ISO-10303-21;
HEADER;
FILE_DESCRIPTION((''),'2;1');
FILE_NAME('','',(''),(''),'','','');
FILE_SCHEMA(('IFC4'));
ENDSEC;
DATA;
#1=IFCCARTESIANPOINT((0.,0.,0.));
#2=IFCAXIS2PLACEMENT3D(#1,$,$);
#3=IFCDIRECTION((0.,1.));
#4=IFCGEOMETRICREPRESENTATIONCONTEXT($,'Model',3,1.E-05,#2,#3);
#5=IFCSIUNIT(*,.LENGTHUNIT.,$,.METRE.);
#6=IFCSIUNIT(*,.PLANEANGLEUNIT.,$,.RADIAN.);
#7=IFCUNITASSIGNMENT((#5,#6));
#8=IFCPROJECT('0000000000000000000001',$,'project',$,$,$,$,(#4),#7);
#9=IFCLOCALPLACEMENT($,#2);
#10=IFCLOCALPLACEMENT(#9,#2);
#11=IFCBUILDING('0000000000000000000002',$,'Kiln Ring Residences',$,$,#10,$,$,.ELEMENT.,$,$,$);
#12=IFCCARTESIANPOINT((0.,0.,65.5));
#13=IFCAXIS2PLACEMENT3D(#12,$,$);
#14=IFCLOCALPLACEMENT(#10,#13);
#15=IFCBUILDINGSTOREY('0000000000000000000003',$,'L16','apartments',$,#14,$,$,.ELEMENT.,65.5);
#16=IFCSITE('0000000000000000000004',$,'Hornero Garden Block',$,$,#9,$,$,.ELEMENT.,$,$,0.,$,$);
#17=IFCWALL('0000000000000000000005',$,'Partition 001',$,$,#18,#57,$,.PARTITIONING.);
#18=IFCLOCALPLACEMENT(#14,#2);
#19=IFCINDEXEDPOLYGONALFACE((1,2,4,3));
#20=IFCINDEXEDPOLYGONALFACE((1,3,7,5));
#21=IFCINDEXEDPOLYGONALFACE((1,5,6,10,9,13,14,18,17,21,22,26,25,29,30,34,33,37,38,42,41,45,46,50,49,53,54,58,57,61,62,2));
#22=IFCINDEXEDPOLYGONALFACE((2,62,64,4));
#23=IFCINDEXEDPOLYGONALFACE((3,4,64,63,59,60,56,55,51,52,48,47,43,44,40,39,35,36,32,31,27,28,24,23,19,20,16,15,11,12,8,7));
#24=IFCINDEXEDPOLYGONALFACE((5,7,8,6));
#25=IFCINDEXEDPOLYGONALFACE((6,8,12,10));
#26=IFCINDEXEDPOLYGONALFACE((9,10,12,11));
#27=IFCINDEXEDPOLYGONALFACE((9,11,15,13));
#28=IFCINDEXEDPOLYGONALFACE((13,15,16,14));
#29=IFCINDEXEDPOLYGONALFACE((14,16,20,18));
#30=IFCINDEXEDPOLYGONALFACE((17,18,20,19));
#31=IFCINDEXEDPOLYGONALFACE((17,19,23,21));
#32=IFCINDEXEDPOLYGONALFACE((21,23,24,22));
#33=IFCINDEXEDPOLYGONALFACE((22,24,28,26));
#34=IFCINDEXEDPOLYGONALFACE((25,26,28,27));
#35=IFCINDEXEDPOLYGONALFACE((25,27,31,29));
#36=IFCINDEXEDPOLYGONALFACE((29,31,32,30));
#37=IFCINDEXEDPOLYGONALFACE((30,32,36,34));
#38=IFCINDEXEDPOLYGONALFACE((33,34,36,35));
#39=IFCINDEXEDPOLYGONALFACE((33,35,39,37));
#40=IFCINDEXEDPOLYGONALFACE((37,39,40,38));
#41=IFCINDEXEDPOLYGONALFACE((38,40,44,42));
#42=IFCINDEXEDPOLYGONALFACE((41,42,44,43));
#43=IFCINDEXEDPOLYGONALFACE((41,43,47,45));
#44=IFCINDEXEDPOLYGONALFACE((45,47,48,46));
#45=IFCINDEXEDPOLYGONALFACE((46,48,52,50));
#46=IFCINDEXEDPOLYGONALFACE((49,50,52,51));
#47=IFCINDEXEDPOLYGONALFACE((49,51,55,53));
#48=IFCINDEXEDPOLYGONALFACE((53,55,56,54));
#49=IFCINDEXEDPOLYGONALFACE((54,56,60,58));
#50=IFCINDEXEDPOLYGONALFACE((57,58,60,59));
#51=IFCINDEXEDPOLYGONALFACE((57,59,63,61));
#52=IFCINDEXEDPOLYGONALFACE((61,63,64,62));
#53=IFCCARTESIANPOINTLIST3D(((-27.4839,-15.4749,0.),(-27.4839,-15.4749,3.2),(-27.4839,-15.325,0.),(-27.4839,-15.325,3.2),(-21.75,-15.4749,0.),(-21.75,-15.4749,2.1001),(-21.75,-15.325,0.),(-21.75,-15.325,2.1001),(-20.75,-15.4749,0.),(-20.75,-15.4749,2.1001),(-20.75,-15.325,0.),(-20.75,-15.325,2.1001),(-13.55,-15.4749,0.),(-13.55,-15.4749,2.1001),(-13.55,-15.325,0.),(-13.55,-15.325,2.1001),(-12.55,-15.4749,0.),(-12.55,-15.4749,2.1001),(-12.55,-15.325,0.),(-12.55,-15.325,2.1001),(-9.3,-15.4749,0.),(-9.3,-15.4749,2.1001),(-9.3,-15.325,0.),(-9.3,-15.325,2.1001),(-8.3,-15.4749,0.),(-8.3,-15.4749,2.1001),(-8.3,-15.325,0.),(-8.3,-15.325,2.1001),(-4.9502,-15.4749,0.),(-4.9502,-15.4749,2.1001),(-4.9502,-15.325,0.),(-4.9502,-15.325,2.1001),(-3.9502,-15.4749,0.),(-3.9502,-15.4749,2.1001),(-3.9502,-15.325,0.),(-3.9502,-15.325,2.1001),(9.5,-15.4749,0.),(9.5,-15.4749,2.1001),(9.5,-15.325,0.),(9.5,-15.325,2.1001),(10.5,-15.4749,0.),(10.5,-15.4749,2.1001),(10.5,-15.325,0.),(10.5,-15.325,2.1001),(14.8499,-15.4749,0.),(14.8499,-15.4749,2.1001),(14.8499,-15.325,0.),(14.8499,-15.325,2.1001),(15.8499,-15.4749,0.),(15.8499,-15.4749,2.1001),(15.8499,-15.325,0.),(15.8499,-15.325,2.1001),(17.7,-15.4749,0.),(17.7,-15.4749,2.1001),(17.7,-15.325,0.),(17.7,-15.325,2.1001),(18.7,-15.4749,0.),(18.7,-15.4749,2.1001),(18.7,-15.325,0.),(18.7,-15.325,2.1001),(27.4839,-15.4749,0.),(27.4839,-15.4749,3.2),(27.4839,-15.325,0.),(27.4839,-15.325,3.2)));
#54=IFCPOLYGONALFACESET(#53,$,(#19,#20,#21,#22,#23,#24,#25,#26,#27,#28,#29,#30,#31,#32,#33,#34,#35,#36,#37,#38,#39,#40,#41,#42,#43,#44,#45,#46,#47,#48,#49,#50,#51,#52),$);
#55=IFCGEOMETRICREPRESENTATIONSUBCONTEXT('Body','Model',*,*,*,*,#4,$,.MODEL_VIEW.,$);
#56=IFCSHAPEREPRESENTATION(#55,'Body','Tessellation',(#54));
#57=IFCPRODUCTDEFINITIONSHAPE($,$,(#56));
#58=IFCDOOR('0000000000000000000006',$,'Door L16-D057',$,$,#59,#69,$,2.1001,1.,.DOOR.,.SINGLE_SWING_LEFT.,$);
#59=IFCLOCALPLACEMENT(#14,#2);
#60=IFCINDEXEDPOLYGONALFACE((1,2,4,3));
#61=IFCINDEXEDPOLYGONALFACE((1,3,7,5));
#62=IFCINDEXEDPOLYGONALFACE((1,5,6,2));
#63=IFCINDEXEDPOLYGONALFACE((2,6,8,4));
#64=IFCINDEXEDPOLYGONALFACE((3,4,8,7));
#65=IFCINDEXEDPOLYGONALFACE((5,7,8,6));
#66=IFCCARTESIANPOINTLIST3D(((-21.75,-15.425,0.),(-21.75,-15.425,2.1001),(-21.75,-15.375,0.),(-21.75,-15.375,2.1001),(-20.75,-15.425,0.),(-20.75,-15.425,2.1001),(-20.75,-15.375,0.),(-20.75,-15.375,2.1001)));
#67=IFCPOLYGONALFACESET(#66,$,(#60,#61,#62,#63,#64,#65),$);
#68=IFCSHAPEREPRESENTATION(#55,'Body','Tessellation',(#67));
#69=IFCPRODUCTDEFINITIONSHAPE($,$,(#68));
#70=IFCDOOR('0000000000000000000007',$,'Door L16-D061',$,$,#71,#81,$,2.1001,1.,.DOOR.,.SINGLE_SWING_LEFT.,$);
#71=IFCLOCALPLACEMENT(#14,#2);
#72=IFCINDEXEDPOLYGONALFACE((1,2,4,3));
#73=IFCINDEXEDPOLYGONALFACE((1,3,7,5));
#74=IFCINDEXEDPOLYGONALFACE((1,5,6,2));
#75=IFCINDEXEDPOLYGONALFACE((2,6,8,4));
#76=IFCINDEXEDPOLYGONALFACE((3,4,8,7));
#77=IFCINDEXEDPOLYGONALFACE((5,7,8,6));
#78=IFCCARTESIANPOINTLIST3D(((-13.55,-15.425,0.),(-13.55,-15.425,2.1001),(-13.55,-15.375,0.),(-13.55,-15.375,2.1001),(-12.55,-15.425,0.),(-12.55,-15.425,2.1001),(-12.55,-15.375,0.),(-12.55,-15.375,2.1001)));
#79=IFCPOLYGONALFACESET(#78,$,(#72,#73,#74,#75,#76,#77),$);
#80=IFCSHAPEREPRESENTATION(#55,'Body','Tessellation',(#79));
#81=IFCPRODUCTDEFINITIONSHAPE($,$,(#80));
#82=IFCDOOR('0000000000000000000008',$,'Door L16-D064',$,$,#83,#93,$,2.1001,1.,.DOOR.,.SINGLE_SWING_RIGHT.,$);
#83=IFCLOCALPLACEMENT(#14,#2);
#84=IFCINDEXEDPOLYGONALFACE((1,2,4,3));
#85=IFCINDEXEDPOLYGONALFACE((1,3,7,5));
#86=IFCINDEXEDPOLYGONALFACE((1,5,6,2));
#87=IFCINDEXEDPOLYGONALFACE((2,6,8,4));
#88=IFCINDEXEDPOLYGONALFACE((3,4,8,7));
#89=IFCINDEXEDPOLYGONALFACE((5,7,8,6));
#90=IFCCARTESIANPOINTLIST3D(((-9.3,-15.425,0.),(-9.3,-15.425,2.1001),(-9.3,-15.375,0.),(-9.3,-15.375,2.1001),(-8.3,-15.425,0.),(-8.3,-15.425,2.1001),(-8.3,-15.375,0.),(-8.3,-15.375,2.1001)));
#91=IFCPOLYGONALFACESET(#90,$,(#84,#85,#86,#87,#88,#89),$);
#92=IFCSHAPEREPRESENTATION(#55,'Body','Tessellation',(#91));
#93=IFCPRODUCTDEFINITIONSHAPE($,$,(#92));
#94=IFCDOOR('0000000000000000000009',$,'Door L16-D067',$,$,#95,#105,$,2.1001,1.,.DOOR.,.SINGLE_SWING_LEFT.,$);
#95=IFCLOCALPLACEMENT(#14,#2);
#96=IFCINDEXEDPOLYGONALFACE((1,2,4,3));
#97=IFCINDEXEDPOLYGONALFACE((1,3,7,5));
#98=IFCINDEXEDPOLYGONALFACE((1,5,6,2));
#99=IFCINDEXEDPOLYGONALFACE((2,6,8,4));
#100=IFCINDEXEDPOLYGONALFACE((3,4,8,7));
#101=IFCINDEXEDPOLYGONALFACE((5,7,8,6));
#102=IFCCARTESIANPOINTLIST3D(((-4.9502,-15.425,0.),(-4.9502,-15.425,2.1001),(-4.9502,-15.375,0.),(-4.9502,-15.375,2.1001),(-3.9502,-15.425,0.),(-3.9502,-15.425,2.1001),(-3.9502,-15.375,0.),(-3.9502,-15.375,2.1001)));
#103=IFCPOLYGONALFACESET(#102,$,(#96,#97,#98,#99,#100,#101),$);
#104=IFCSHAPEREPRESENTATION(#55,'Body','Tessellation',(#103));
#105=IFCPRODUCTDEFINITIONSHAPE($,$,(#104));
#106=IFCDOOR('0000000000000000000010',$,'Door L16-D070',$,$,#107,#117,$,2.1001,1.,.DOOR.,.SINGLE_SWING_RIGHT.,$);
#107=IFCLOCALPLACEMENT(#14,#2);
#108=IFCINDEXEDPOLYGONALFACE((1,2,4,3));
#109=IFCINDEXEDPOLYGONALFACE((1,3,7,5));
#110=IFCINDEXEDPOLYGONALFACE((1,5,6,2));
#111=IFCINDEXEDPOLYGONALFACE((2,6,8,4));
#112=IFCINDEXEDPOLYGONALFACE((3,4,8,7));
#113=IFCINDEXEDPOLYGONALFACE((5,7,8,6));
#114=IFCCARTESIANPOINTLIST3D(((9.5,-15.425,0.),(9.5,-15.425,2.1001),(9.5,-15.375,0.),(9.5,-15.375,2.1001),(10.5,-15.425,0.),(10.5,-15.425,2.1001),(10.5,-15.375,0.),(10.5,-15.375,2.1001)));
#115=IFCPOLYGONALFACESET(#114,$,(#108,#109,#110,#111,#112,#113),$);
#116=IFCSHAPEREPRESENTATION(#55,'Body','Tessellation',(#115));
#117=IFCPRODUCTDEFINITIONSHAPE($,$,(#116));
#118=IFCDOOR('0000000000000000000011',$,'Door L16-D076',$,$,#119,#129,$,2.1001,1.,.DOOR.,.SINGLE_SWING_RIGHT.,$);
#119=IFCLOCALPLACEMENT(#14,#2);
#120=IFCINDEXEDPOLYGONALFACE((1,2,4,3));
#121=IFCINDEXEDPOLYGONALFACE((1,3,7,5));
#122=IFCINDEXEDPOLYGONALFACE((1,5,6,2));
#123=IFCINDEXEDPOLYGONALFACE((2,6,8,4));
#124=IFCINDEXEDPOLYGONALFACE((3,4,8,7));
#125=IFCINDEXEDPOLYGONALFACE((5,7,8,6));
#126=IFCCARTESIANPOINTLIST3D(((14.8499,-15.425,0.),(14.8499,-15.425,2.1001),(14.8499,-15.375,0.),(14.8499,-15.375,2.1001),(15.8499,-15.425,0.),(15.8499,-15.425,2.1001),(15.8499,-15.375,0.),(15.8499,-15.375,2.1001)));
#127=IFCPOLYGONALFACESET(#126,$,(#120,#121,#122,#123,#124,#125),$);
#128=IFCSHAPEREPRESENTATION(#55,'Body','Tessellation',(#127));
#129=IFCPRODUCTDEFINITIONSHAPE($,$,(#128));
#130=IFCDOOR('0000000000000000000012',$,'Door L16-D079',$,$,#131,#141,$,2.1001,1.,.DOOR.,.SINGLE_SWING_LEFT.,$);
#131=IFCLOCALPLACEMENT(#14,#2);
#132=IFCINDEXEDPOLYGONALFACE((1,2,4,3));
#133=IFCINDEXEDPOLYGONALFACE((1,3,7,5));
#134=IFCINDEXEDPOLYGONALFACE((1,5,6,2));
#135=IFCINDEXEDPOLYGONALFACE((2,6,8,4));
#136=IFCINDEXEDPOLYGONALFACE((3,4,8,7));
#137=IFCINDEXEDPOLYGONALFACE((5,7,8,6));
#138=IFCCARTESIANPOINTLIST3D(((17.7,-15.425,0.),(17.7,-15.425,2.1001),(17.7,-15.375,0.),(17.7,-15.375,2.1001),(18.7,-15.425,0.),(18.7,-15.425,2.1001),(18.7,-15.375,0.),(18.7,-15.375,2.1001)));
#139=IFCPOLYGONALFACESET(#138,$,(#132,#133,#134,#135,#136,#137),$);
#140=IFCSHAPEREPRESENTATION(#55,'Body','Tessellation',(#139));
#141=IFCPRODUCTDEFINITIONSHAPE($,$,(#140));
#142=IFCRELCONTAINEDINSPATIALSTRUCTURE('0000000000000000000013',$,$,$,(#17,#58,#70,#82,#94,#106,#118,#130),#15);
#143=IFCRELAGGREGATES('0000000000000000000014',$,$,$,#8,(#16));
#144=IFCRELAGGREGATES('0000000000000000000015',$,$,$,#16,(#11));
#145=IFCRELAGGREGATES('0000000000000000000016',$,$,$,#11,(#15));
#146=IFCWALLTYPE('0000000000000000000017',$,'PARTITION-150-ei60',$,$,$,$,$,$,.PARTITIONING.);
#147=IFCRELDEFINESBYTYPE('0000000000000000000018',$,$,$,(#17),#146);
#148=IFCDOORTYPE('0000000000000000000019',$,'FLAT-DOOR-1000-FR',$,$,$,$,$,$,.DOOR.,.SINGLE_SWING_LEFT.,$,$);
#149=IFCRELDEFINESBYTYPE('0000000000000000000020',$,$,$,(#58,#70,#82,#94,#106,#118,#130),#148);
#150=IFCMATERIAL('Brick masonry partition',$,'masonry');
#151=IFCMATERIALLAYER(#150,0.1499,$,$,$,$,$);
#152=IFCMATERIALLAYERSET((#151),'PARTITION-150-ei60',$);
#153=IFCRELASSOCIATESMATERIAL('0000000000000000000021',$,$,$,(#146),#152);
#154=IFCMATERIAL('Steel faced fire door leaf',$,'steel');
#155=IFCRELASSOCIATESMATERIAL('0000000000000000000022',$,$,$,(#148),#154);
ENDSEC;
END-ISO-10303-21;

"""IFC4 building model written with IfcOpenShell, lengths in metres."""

from ifc_helpers import new_model, si_unit, direction, frame, frame_2d, origin, place, context, subcontext, project, spatial, rectangle, extrude, material, layer, layer_set, type_object, element, fill, save


model = new_model("IFC4")

# Units and contexts
model_context = context("Model", 3, precision=1e-05, world=origin(), true_north=direction((0.0, 1.0)))
body_context = subcontext(model_context, "Body", "Model", "MODEL_VIEW")
ifc_project = project(units=[si_unit("LENGTHUNIT", "METRE"), si_unit("PLANEANGLEUNIT", "RADIAN")], contexts=[model_context])

# Site, building, storey
site_placement = place(None, origin())
site = spatial("IfcSite", under=ifc_project, at=site_placement, Name="Hornero Garden Block", CompositionType="ELEMENT", RefElevation=0.0)
building_placement = place(site_placement, origin())
building = spatial("IfcBuilding", under=site, at=building_placement, Name="Kiln Ring Residences", CompositionType="ELEMENT")
storey_placement = place(building_placement, frame((0.0, 0.0, 65.5)))
storey = spatial("IfcBuildingStorey", under=building, at=storey_placement, Name="L16", Description="apartments", CompositionType="ELEMENT", Elevation=65.5)

# Wall, openings, doors
ifc_material_1 = material(Name="Brick masonry partition", Category="masonry")
ifc_layer_1 = layer(ifc_material_1, 0.1499)
ifc_layer_set_1 = layer_set([ifc_layer_1], Name="PARTITION-150-ei60")
wall_type_1 = type_object("IfcWallType", Name="PARTITION-150-ei60", PredefinedType="PARTITIONING", material=ifc_layer_set_1)
wall_1_placement = place(storey_placement, frame((-27.4839, -15.3999, 0.0), z_axis=(0.0, 0.0, 1.0), x_axis=(1.0, 0.0, 0.0)))
wall_1 = element("IfcWall", 1, at=wall_1_placement, inside=storey, type_object=wall_type_1, Name="Partition 001", PredefinedType="PARTITIONING", context=body_context, shape_type="SweptSolid", body=[
    extrude(rectangle(XDim=54.9678, YDim=0.1499, at=frame_2d((27.4839, 0.0))), origin(), (0.0, 0.0, 1.0), 3.2),
])
opening_1_placement = place(wall_1_placement, frame((5.7339, 0.0, 0.0)))
opening_1 = element("IfcOpeningElement", 2, at=opening_1_placement, cuts=wall_1, PredefinedType="OPENING", context=body_context, shape_type="SweptSolid", body=[
    extrude(rectangle(XDim=1.0, YDim=2.1001, at=frame_2d((0.5, 1.05))), frame((0.0, 0.085, 0.0), z_axis=(0.0, -1.0, 0.0), x_axis=(1.0, 0.0, 0.0)), (0.0, 0.0, 1.0), 0.1699),
])
opening_2_placement = place(wall_1_placement, frame((13.9338, 0.0, 0.0)))
opening_2 = element("IfcOpeningElement", 3, at=opening_2_placement, cuts=wall_1, PredefinedType="OPENING", context=body_context, shape_type="SweptSolid", body=[
    extrude(rectangle(XDim=1.0, YDim=2.1001, at=frame_2d((0.5, 1.05))), frame((0.0, 0.085, 0.0), z_axis=(0.0, -1.0, 0.0), x_axis=(1.0, 0.0, 0.0)), (0.0, 0.0, 1.0), 0.1699),
])
opening_3_placement = place(wall_1_placement, frame((18.1838, 0.0, 0.0)))
opening_3 = element("IfcOpeningElement", 4, at=opening_3_placement, cuts=wall_1, PredefinedType="OPENING", context=body_context, shape_type="SweptSolid", body=[
    extrude(rectangle(XDim=1.0, YDim=2.1001, at=frame_2d((0.5, 1.05))), frame((0.0, 0.085, 0.0), z_axis=(0.0, -1.0, 0.0), x_axis=(1.0, 0.0, 0.0)), (0.0, 0.0, 1.0), 0.1699),
])
opening_4_placement = place(wall_1_placement, frame((22.5337, 0.0, 0.0)))
opening_4 = element("IfcOpeningElement", 5, at=opening_4_placement, cuts=wall_1, PredefinedType="OPENING", context=body_context, shape_type="SweptSolid", body=[
    extrude(rectangle(XDim=1.0, YDim=2.1001, at=frame_2d((0.5, 1.05))), frame((0.0, 0.085, 0.0), z_axis=(0.0, -1.0, 0.0), x_axis=(1.0, 0.0, 0.0)), (0.0, 0.0, 1.0), 0.1699),
])
opening_5_placement = place(wall_1_placement, frame((36.9839, 0.0, 0.0)))
opening_5 = element("IfcOpeningElement", 6, at=opening_5_placement, cuts=wall_1, PredefinedType="OPENING", context=body_context, shape_type="SweptSolid", body=[
    extrude(rectangle(XDim=1.0, YDim=2.1001, at=frame_2d((0.5, 1.05))), frame((0.0, 0.085, 0.0), z_axis=(0.0, -1.0, 0.0), x_axis=(1.0, 0.0, 0.0)), (0.0, 0.0, 1.0), 0.1699),
])
opening_6_placement = place(wall_1_placement, frame((42.3337, 0.0, 0.0)))
opening_6 = element("IfcOpeningElement", 7, at=opening_6_placement, cuts=wall_1, PredefinedType="OPENING", context=body_context, shape_type="SweptSolid", body=[
    extrude(rectangle(XDim=1.0, YDim=2.1001, at=frame_2d((0.5, 1.05))), frame((0.0, 0.085, 0.0), z_axis=(0.0, -1.0, 0.0), x_axis=(1.0, 0.0, 0.0)), (0.0, 0.0, 1.0), 0.1699),
])
opening_7_placement = place(wall_1_placement, frame((45.1838, 0.0, 0.0)))
opening_7 = element("IfcOpeningElement", 8, at=opening_7_placement, cuts=wall_1, PredefinedType="OPENING", context=body_context, shape_type="SweptSolid", body=[
    extrude(rectangle(XDim=1.0, YDim=2.1001, at=frame_2d((0.5, 1.05))), frame((0.0, 0.085, 0.0), z_axis=(0.0, -1.0, 0.0), x_axis=(1.0, 0.0, 0.0)), (0.0, 0.0, 1.0), 0.1699),
])
ifc_material_2 = material(Name="Steel faced fire door leaf", Category="steel")
door_type_1 = type_object("IfcDoorType", Name="FLAT-DOOR-1000-FR", OperationType="SINGLE_SWING_LEFT", PredefinedType="DOOR", material=ifc_material_2)
door_1_placement = place(opening_1_placement, origin())
door_1 = element("IfcDoor", 9, at=door_1_placement, inside=storey, type_object=door_type_1, Name="Door L16-D057", OperationType="SINGLE_SWING_LEFT", OverallHeight=2.1001, OverallWidth=1.0, PredefinedType="DOOR", context=body_context, shape_type="SweptSolid", body=[
    extrude(rectangle(XDim=1.0, YDim=2.1001, at=frame_2d((0.5, 1.05))), frame((0.0, 0.0249, 0.0), z_axis=(0.0, -1.0, 0.0), x_axis=(1.0, 0.0, 0.0)), (0.0, 0.0, 1.0), 0.05),
])
fill(opening_1, door_1)
door_2_placement = place(opening_2_placement, origin())
door_2 = element("IfcDoor", 10, at=door_2_placement, inside=storey, type_object=door_type_1, Name="Door L16-D061", OperationType="SINGLE_SWING_LEFT", OverallHeight=2.1001, OverallWidth=1.0, PredefinedType="DOOR", context=body_context, shape_type="SweptSolid", body=[
    extrude(rectangle(XDim=1.0, YDim=2.1001, at=frame_2d((0.5, 1.05))), frame((0.0, 0.0249, 0.0), z_axis=(0.0, -1.0, 0.0), x_axis=(1.0, 0.0, 0.0)), (0.0, 0.0, 1.0), 0.05),
])
fill(opening_2, door_2)
door_3_placement = place(opening_3_placement, origin())
door_3 = element("IfcDoor", 11, at=door_3_placement, inside=storey, type_object=door_type_1, Name="Door L16-D064", OperationType="SINGLE_SWING_RIGHT", OverallHeight=2.1001, OverallWidth=1.0, PredefinedType="DOOR", context=body_context, shape_type="SweptSolid", body=[
    extrude(rectangle(XDim=1.0, YDim=2.1001, at=frame_2d((0.5, 1.05))), frame((0.0, 0.0249, 0.0), z_axis=(0.0, -1.0, 0.0), x_axis=(1.0, 0.0, 0.0)), (0.0, 0.0, 1.0), 0.05),
])
fill(opening_3, door_3)
door_4_placement = place(opening_4_placement, origin())
door_4 = element("IfcDoor", 12, at=door_4_placement, inside=storey, type_object=door_type_1, Name="Door L16-D067", OperationType="SINGLE_SWING_LEFT", OverallHeight=2.1001, OverallWidth=1.0, PredefinedType="DOOR", context=body_context, shape_type="SweptSolid", body=[
    extrude(rectangle(XDim=1.0, YDim=2.1001, at=frame_2d((0.5, 1.05))), frame((0.0, 0.0249, 0.0), z_axis=(0.0, -1.0, 0.0), x_axis=(1.0, 0.0, 0.0)), (0.0, 0.0, 1.0), 0.05),
])
fill(opening_4, door_4)
door_5_placement = place(opening_5_placement, origin())
door_5 = element("IfcDoor", 13, at=door_5_placement, inside=storey, type_object=door_type_1, Name="Door L16-D070", OperationType="SINGLE_SWING_RIGHT", OverallHeight=2.1001, OverallWidth=1.0, PredefinedType="DOOR", context=body_context, shape_type="SweptSolid", body=[
    extrude(rectangle(XDim=1.0, YDim=2.1001, at=frame_2d((0.5, 1.05))), frame((0.0, 0.0249, 0.0), z_axis=(0.0, -1.0, 0.0), x_axis=(1.0, 0.0, 0.0)), (0.0, 0.0, 1.0), 0.05),
])
fill(opening_5, door_5)
door_6_placement = place(opening_6_placement, origin())
door_6 = element("IfcDoor", 14, at=door_6_placement, inside=storey, type_object=door_type_1, Name="Door L16-D076", OperationType="SINGLE_SWING_RIGHT", OverallHeight=2.1001, OverallWidth=1.0, PredefinedType="DOOR", context=body_context, shape_type="SweptSolid", body=[
    extrude(rectangle(XDim=1.0, YDim=2.1001, at=frame_2d((0.5, 1.05))), frame((0.0, 0.0249, 0.0), z_axis=(0.0, -1.0, 0.0), x_axis=(1.0, 0.0, 0.0)), (0.0, 0.0, 1.0), 0.05),
])
fill(opening_6, door_6)
door_7_placement = place(opening_7_placement, origin())
door_7 = element("IfcDoor", 15, at=door_7_placement, inside=storey, type_object=door_type_1, Name="Door L16-D079", OperationType="SINGLE_SWING_LEFT", OverallHeight=2.1001, OverallWidth=1.0, PredefinedType="DOOR", context=body_context, shape_type="SweptSolid", body=[
    extrude(rectangle(XDim=1.0, YDim=2.1001, at=frame_2d((0.5, 1.05))), frame((0.0, 0.0249, 0.0), z_axis=(0.0, -1.0, 0.0), x_axis=(1.0, 0.0, 0.0)), (0.0, 0.0, 1.0), 0.05),
])
fill(opening_7, door_7)

save(model, "model.ifc")
